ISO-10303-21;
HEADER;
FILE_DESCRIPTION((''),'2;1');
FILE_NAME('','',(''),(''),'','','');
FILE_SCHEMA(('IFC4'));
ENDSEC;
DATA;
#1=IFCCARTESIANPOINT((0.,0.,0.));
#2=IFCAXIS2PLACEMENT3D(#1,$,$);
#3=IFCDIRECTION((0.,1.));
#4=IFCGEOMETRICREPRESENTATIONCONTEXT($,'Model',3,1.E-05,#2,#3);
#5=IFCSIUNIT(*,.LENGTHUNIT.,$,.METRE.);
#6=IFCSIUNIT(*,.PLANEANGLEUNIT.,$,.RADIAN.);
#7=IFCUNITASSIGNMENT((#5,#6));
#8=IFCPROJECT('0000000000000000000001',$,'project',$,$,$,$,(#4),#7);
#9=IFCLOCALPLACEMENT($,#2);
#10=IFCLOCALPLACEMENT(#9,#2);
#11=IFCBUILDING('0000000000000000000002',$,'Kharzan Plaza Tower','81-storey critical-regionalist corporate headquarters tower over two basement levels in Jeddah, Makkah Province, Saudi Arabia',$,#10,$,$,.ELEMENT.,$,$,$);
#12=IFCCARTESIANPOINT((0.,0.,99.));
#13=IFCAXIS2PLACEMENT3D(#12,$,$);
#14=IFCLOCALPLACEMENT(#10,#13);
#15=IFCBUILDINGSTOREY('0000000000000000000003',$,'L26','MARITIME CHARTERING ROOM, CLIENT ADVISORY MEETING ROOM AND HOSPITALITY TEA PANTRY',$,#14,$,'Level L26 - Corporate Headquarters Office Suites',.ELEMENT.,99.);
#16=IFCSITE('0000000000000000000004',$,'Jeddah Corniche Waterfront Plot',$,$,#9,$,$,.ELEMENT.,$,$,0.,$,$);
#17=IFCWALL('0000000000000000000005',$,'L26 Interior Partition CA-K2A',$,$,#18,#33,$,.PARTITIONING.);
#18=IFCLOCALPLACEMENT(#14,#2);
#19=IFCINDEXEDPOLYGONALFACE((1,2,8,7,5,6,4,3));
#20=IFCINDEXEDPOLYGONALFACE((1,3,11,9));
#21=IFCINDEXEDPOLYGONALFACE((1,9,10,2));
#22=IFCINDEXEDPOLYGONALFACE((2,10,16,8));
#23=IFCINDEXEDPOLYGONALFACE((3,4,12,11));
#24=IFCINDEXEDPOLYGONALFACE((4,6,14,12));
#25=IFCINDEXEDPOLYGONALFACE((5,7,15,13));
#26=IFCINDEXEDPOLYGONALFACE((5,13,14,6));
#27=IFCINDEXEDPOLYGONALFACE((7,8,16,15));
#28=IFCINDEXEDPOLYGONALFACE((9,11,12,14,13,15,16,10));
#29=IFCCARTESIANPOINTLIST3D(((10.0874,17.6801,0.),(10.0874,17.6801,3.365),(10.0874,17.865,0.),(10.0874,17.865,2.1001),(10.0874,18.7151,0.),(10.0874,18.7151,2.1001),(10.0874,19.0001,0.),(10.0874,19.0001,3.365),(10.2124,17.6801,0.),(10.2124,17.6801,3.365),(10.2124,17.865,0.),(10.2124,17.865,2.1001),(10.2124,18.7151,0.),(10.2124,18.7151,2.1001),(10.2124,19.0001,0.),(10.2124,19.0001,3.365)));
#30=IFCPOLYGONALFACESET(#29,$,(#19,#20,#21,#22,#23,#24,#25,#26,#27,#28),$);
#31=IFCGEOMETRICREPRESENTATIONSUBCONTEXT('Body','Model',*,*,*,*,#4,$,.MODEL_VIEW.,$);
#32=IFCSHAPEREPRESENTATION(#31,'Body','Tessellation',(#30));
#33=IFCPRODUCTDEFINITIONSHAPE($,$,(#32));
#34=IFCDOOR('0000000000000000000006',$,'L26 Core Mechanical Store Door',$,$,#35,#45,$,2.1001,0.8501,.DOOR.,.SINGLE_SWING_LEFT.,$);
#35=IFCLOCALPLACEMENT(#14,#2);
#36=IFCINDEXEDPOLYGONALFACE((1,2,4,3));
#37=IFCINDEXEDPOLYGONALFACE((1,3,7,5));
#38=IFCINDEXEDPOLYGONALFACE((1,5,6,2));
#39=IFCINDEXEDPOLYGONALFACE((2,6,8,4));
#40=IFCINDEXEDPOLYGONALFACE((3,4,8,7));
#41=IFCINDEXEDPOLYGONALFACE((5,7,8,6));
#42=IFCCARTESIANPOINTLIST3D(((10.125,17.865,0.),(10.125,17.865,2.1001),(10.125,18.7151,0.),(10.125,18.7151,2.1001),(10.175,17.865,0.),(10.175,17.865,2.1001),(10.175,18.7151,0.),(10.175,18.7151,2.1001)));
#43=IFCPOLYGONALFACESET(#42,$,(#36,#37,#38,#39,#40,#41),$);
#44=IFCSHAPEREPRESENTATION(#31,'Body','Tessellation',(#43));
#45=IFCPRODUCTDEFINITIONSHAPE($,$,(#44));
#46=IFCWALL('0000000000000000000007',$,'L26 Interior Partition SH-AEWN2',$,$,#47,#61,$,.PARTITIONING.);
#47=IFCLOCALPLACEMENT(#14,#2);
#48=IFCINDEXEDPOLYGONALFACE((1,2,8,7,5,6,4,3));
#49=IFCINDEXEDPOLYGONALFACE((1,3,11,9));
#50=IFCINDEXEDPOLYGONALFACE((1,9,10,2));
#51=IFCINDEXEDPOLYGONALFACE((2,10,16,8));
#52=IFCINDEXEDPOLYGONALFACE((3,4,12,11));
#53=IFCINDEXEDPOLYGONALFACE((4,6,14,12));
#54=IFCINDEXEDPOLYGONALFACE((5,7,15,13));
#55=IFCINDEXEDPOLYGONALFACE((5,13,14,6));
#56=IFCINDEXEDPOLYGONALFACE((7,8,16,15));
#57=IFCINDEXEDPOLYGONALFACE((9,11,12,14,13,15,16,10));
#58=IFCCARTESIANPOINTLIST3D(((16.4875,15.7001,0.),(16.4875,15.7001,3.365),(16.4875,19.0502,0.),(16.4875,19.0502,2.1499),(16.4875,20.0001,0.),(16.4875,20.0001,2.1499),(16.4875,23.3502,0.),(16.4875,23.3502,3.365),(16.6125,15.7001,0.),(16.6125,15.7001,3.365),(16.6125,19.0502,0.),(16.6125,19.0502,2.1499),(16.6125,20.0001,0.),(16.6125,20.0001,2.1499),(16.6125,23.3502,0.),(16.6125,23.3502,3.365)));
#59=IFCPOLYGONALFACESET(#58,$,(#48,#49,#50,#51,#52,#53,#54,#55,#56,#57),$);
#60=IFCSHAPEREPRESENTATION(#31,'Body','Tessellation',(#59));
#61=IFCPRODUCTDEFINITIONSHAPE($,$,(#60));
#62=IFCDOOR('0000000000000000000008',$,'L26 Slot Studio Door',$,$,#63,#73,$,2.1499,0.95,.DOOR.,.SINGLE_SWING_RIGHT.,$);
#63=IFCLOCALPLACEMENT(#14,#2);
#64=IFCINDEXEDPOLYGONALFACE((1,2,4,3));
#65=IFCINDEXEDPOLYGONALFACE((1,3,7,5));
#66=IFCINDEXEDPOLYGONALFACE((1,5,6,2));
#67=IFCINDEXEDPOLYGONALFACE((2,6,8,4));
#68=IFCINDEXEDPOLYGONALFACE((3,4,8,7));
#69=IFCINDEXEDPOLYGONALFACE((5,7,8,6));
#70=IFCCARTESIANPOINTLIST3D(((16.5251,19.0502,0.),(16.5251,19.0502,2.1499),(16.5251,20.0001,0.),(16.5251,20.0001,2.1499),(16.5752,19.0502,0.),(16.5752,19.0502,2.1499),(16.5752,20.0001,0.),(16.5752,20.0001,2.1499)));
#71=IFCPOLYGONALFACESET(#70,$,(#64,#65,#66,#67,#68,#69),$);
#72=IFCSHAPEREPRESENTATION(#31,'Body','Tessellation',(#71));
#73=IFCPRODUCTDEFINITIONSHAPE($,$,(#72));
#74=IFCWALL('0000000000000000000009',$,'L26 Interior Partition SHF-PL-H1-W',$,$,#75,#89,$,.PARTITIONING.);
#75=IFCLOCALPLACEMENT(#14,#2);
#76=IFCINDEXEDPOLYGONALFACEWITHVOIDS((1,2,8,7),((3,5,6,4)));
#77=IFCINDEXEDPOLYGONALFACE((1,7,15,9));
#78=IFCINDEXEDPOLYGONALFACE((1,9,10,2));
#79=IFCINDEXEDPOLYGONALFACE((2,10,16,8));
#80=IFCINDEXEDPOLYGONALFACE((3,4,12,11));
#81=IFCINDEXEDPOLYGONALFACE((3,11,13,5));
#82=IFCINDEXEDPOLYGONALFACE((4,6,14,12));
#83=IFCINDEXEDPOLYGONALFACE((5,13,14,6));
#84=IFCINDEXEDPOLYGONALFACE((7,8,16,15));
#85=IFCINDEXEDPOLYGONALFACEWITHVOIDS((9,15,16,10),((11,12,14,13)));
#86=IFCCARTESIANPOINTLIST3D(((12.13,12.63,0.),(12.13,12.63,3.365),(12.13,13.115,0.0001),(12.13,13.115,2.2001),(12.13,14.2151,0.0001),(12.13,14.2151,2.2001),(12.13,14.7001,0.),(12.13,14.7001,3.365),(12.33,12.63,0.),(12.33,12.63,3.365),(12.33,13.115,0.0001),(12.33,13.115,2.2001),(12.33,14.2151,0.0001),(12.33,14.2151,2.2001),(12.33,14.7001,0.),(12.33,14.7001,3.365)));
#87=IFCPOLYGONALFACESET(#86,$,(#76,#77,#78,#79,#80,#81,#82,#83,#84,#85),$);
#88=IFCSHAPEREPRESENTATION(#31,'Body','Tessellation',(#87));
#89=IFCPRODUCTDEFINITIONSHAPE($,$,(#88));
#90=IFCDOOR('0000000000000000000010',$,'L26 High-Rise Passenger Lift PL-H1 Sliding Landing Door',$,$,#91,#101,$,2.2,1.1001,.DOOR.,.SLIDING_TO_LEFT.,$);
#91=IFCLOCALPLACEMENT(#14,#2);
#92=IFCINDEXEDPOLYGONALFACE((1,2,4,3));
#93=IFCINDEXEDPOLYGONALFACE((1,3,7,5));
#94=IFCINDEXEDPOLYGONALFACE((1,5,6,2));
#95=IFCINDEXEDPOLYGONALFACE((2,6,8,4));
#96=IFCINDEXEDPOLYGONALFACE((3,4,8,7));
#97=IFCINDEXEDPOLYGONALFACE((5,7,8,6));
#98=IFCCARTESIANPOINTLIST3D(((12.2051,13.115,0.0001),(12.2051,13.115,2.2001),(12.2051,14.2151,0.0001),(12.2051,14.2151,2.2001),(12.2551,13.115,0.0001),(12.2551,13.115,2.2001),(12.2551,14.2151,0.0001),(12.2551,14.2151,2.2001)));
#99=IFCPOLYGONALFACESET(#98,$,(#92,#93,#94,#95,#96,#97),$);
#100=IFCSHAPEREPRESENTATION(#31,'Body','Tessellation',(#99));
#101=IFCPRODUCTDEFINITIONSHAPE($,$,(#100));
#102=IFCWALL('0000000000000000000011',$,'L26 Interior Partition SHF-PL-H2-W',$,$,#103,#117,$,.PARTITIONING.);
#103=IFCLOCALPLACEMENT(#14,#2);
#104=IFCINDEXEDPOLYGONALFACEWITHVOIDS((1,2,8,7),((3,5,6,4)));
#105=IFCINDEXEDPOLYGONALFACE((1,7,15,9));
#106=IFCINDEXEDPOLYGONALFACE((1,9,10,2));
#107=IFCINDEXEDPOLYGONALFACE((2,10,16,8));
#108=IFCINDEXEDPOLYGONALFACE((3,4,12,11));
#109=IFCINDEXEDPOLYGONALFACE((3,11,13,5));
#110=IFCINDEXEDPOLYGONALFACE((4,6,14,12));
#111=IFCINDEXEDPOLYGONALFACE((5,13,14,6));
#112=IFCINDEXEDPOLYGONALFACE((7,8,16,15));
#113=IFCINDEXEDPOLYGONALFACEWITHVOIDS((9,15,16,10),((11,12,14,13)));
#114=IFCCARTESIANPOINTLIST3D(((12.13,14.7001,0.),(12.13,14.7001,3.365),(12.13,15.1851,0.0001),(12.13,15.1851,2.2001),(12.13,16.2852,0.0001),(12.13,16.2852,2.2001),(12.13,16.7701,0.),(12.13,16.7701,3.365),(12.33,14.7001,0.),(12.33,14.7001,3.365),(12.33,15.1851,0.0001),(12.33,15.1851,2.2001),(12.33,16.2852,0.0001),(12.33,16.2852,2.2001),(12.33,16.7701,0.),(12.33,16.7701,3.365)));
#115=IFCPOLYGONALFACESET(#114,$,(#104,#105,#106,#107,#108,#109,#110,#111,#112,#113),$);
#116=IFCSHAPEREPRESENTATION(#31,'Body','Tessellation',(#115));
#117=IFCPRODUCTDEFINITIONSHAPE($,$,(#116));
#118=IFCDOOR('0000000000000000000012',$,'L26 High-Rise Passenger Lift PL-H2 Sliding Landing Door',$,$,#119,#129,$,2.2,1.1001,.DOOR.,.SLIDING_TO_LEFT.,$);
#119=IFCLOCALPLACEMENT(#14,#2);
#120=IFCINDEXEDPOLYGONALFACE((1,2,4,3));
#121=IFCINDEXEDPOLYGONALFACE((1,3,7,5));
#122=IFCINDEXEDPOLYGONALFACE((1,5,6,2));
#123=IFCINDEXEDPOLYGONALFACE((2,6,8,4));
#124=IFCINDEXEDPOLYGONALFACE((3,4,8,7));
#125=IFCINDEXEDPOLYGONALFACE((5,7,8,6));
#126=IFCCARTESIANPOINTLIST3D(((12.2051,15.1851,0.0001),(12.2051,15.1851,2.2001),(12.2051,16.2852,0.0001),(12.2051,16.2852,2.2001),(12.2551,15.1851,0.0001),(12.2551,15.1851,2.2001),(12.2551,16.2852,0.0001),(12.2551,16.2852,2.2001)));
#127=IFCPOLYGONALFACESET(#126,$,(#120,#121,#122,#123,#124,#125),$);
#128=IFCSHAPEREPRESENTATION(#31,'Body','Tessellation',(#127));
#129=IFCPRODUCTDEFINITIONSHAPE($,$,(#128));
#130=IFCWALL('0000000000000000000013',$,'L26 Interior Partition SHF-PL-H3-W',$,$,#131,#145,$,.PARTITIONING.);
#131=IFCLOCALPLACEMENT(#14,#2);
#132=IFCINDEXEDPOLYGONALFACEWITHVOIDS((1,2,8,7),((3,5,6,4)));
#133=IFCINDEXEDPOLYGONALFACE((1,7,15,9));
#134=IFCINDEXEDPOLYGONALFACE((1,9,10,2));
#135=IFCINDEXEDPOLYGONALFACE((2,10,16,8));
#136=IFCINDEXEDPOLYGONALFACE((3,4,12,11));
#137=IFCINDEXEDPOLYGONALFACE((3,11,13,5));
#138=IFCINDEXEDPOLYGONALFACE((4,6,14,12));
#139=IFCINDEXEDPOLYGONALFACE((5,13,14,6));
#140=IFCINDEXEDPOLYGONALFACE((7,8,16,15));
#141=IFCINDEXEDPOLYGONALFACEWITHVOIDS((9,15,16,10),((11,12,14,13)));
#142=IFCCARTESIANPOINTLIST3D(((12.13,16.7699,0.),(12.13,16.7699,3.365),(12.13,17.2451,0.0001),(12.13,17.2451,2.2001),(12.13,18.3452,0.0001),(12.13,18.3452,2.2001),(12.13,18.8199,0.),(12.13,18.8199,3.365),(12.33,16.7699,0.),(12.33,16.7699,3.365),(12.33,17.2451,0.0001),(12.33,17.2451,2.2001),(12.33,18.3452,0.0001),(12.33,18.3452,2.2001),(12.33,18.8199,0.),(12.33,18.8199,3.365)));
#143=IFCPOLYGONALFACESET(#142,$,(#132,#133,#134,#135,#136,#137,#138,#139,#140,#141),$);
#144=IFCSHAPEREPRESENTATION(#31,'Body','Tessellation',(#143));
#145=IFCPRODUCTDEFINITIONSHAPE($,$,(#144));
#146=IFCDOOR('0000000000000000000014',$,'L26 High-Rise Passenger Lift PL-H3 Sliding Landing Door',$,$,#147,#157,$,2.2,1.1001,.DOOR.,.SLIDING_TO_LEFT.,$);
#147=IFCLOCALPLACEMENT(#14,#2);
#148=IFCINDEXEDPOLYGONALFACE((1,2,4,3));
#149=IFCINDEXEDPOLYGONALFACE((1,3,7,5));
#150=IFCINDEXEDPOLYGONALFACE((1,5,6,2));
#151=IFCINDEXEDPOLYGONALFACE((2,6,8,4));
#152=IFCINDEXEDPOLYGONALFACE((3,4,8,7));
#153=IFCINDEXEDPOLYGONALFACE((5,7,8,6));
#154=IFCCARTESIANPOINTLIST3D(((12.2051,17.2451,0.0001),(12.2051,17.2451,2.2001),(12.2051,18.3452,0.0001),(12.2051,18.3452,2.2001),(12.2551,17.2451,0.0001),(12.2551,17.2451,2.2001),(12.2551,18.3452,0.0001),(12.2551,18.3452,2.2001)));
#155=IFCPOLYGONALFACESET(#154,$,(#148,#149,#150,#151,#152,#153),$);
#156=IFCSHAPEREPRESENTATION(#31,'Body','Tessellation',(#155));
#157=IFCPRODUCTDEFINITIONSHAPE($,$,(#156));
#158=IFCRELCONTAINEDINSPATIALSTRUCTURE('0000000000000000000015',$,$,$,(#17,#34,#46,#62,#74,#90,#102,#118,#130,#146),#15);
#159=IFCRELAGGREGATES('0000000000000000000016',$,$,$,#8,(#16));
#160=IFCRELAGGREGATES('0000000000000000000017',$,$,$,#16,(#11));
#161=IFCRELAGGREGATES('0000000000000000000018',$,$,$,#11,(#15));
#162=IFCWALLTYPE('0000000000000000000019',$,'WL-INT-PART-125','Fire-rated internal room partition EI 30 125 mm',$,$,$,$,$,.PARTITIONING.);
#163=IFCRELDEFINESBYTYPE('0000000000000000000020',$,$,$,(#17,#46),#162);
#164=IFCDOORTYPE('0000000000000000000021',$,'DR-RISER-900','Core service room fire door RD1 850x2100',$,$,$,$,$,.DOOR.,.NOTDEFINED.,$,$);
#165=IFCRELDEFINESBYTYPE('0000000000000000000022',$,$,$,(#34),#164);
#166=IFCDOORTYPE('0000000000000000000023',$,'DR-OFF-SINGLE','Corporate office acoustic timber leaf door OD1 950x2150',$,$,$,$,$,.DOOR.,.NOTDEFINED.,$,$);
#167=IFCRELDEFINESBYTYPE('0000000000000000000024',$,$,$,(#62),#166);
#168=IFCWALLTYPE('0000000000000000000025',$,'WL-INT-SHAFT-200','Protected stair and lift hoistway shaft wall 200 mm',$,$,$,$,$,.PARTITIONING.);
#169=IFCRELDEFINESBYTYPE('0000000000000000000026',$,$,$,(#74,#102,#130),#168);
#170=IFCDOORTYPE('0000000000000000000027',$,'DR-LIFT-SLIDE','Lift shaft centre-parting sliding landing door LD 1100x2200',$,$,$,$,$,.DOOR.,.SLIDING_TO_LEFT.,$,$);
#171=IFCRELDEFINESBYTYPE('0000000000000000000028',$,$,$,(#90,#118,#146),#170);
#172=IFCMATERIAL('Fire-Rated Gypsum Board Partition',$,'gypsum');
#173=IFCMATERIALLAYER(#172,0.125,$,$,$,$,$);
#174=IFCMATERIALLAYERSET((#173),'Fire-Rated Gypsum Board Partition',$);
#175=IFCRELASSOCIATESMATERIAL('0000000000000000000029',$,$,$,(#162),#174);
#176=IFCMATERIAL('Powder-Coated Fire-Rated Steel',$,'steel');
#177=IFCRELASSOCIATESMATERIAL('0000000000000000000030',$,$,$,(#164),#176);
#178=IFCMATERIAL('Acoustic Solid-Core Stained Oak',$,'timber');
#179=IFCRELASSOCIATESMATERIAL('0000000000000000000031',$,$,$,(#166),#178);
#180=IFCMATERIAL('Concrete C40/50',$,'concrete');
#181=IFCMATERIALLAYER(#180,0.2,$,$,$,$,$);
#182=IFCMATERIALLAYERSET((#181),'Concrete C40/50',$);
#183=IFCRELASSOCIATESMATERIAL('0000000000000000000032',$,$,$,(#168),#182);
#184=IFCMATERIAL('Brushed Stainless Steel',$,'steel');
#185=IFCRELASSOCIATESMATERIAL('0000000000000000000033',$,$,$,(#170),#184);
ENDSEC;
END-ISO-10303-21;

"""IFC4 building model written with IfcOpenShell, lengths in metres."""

from ifc_helpers import new_model, si_unit, direction, frame, frame_2d, origin, place, context, subcontext, project, spatial, rectangle, extrude, source, transform, mapped, material, layer, layer_set, type_object, element, fill, save


model = new_model("IFC4")

# Units and contexts
model_context = context("Model", 3, precision=1e-05, world=origin(), true_north=direction((0.0, 1.0)))
body_context = subcontext(model_context, "Body", "Model", "MODEL_VIEW")
ifc_project = project(units=[si_unit("LENGTHUNIT", "METRE"), si_unit("PLANEANGLEUNIT", "RADIAN")], contexts=[model_context])

# Site, building, storey
site_placement = place(None, origin())
site = spatial("IfcSite", under=ifc_project, at=site_placement, Name="Jeddah Corniche Waterfront Plot", CompositionType="ELEMENT", RefElevation=0.0)
building_placement = place(site_placement, origin())
building = spatial("IfcBuilding", under=site, at=building_placement, Name="Kharzan Plaza Tower", Description="81-storey critical-regionalist corporate headquarters tower over two basement levels in Jeddah, Makkah Province, Saudi Arabia", CompositionType="ELEMENT")
storey_placement = place(building_placement, frame((0.0, 0.0, 99.0)))
storey = spatial("IfcBuildingStorey", under=building, at=storey_placement, Name="L26", Description="MARITIME CHARTERING ROOM, CLIENT ADVISORY MEETING ROOM AND HOSPITALITY TEA PANTRY", LongName="Level L26 - Corporate Headquarters Office Suites", CompositionType="ELEMENT", Elevation=99.0)

# Walls, openings, doors
ifc_material_1 = material(Name="Fire-Rated Gypsum Board Partition", Category="gypsum")
ifc_layer_1 = layer(ifc_material_1, 0.125)
ifc_layer_set_1 = layer_set([ifc_layer_1], Name="Fire-Rated Gypsum Board Partition")
wall_type_1 = type_object("IfcWallType", Name="WL-INT-PART-125", Description="Fire-rated internal room partition EI 30 125 mm", PredefinedType="PARTITIONING", material=ifc_layer_set_1)
wall_1_placement = place(storey_placement, frame((10.1499, 17.6799, 0.0), z_axis=(0.0, 0.0, 1.0), x_axis=(0.0, 1.0, 0.0)))
wall_1 = element("IfcWall", 1, at=wall_1_placement, inside=storey, type_object=wall_type_1, Name="L26 Interior Partition CA-K2A", PredefinedType="PARTITIONING", context=body_context, shape_type="SweptSolid", body=[
    extrude(rectangle(XDim=1.3201, YDim=0.125, at=frame_2d((0.6602, 0.0))), origin(), (0.0, 0.0, 1.0), 3.365),
])
opening_1_placement = place(wall_1_placement, frame((0.1851, 0.0, 0.0)))
opening_1 = element("IfcOpeningElement", 2, at=opening_1_placement, cuts=wall_1, PredefinedType="OPENING", context=body_context, shape_type="SweptSolid", body=[
    extrude(rectangle(XDim=0.8501, YDim=2.1001, at=frame_2d((0.425, 1.05))), frame((0.0, 0.0725, 0.0), z_axis=(0.0, -1.0, 0.0), x_axis=(1.0, 0.0, 0.0)), (0.0, 0.0, 1.0), 0.145),
])
ifc_material_2 = material(Name="Powder-Coated Fire-Rated Steel", Category="steel")
door_type_1 = type_object("IfcDoorType", Name="DR-RISER-900", Description="Core service room fire door RD1 850x2100", OperationType="NOTDEFINED", PredefinedType="DOOR", material=ifc_material_2)
shared_shape_1 = source(origin(), body_context, "Body", "SweptSolid", [
    extrude(rectangle(XDim=0.8501, YDim=2.1001, at=frame_2d((0.425, 1.05))), frame((0.0, 0.0249, 0.0), z_axis=(0.0, -1.0, 0.0), x_axis=(1.0, 0.0, 0.0)), (0.0, 0.0, 1.0), 0.05),
])
door_1_placement = place(opening_1_placement, origin())
door_1 = element("IfcDoor", 3, at=door_1_placement, inside=storey, type_object=door_type_1, Name="L26 Core Mechanical Store Door", OperationType="SINGLE_SWING_LEFT", OverallHeight=2.1001, OverallWidth=0.8501, PredefinedType="DOOR", context=body_context, shape_type="MappedRepresentation", body=[
    mapped(shared_shape_1, transform((0.0, 0.0, 0.0), x_axis=(1.0, 0.0, 0.0), y_axis=(0.0, 1.0, 0.0), z_axis=(0.0, 0.0, 1.0))),
])
fill(opening_1, door_1)
ifc_material_3 = material(Name="Acoustic Solid-Core Stained Oak", Category="timber")
door_type_2 = type_object("IfcDoorType", Name="DR-OFF-SINGLE", Description="Corporate office acoustic timber leaf door OD1 950x2150", OperationType="NOTDEFINED", PredefinedType="DOOR", material=ifc_material_3)
shared_shape_2 = source(origin(), body_context, "Body", "SweptSolid", [
    extrude(rectangle(XDim=0.95, YDim=2.1499, at=frame_2d((0.4751, 1.075))), frame((0.0, 0.0249, 0.0), z_axis=(0.0, -1.0, 0.0), x_axis=(1.0, 0.0, 0.0)), (0.0, 0.0, 1.0), 0.05),
])
wall_2_placement = place(storey_placement, frame((16.55, 15.7, 0.0), z_axis=(0.0, 0.0, 1.0), x_axis=(0.0, 1.0, 0.0)))
wall_2 = element("IfcWall", 4, at=wall_2_placement, inside=storey, type_object=wall_type_1, Name="L26 Interior Partition SH-AEWN2", PredefinedType="PARTITIONING", context=body_context, shape_type="SweptSolid", body=[
    extrude(rectangle(XDim=7.6501, YDim=0.125, at=frame_2d((3.8252, 0.0))), origin(), (0.0, 0.0, 1.0), 3.365),
])
opening_2_placement = place(wall_2_placement, frame((3.3501, 0.0, 0.0)))
opening_2 = element("IfcOpeningElement", 5, at=opening_2_placement, cuts=wall_2, PredefinedType="OPENING", context=body_context, shape_type="SweptSolid", body=[
    extrude(rectangle(XDim=0.95, YDim=2.1499, at=frame_2d((0.4751, 1.075))), frame((0.0, 0.0725, 0.0), z_axis=(0.0, -1.0, 0.0), x_axis=(1.0, 0.0, 0.0)), (0.0, 0.0, 1.0), 0.145),
])
door_2_placement = place(opening_2_placement, origin())
door_2 = element("IfcDoor", 6, at=door_2_placement, inside=storey, type_object=door_type_2, Name="L26 Slot Studio Door", OperationType="SINGLE_SWING_RIGHT", OverallHeight=2.1499, OverallWidth=0.95, PredefinedType="DOOR", context=body_context, shape_type="MappedRepresentation", body=[
    mapped(shared_shape_2, transform((0.0, 0.0, 0.0), x_axis=(1.0, 0.0, 0.0), y_axis=(0.0, 1.0, 0.0), z_axis=(0.0, 0.0, 1.0))),
])
fill(opening_2, door_2)
ifc_material_4 = material(Name="Concrete C40/50", Category="concrete")
ifc_layer_2 = layer(ifc_material_4, 0.2)
ifc_layer_set_2 = layer_set([ifc_layer_2], Name="Concrete C40/50")
wall_type_2 = type_object("IfcWallType", Name="WL-INT-SHAFT-200", Description="Protected stair and lift hoistway shaft wall 200 mm", PredefinedType="PARTITIONING", material=ifc_layer_set_2)
wall_3_placement = place(storey_placement, frame((12.23, 12.6299, 0.0), z_axis=(0.0, 0.0, 1.0), x_axis=(0.0, 1.0, 0.0)))
wall_3 = element("IfcWall", 7, at=wall_3_placement, inside=storey, type_object=wall_type_2, Name="L26 Interior Partition SHF-PL-H1-W", PredefinedType="PARTITIONING", context=body_context, shape_type="SweptSolid", body=[
    extrude(rectangle(XDim=2.0701, YDim=0.2, at=frame_2d((1.0352, 0.0))), origin(), (0.0, 0.0, 1.0), 3.365),
])
opening_3_placement = place(wall_3_placement, frame((0.4851, 0.0, 0.0)))
opening_3 = element("IfcOpeningElement", 8, at=opening_3_placement, cuts=wall_3, PredefinedType="OPENING", context=body_context, shape_type="SweptSolid", body=[
    extrude(rectangle(XDim=1.1001, YDim=2.2, at=frame_2d((0.55, 1.1001))), frame((0.0, 0.1099, 0.0), z_axis=(0.0, -1.0, 0.0), x_axis=(1.0, 0.0, 0.0)), (0.0, 0.0, 1.0), 0.22),
])
ifc_material_5 = material(Name="Brushed Stainless Steel", Category="steel")
door_type_3 = type_object("IfcDoorType", Name="DR-LIFT-SLIDE", Description="Lift shaft centre-parting sliding landing door LD 1100x2200", OperationType="SLIDING_TO_LEFT", PredefinedType="DOOR", material=ifc_material_5)
shared_shape_3 = source(origin(), body_context, "Body", "SweptSolid", [
    extrude(rectangle(XDim=1.1001, YDim=2.2, at=frame_2d((0.55, 1.1001))), frame((0.0, 0.0249, 0.0), z_axis=(0.0, -1.0, 0.0), x_axis=(1.0, 0.0, 0.0)), (0.0, 0.0, 1.0), 0.05),
])
door_3_placement = place(opening_3_placement, origin())
door_3 = element("IfcDoor", 9, at=door_3_placement, inside=storey, type_object=door_type_3, Name="L26 High-Rise Passenger Lift PL-H1 Sliding Landing Door", OperationType="SLIDING_TO_LEFT", OverallHeight=2.2, OverallWidth=1.1001, PredefinedType="DOOR", context=body_context, shape_type="MappedRepresentation", body=[
    mapped(shared_shape_3, transform((0.0, 0.0, 0.0), x_axis=(1.0, 0.0, 0.0), y_axis=(0.0, 1.0, 0.0), z_axis=(0.0, 0.0, 1.0))),
])
fill(opening_3, door_3)
wall_4_placement = place(storey_placement, frame((12.23, 14.7, 0.0), z_axis=(0.0, 0.0, 1.0), x_axis=(0.0, 1.0, 0.0)))
wall_4 = element("IfcWall", 10, at=wall_4_placement, inside=storey, type_object=wall_type_2, Name="L26 Interior Partition SHF-PL-H2-W", PredefinedType="PARTITIONING", context=body_context, shape_type="SweptSolid", body=[
    extrude(rectangle(XDim=2.0701, YDim=0.2, at=frame_2d((1.0352, 0.0))), origin(), (0.0, 0.0, 1.0), 3.365),
])
opening_4_placement = place(wall_4_placement, frame((0.4851, 0.0, 0.0)))
opening_4 = element("IfcOpeningElement", 11, at=opening_4_placement, cuts=wall_4, PredefinedType="OPENING", context=body_context, shape_type="SweptSolid", body=[
    extrude(rectangle(XDim=1.1001, YDim=2.2, at=frame_2d((0.55, 1.1001))), frame((0.0, 0.1099, 0.0), z_axis=(0.0, -1.0, 0.0), x_axis=(1.0, 0.0, 0.0)), (0.0, 0.0, 1.0), 0.22),
])
door_4_placement = place(opening_4_placement, origin())
door_4 = element("IfcDoor", 12, at=door_4_placement, inside=storey, type_object=door_type_3, Name="L26 High-Rise Passenger Lift PL-H2 Sliding Landing Door", OperationType="SLIDING_TO_LEFT", OverallHeight=2.2, OverallWidth=1.1001, PredefinedType="DOOR", context=body_context, shape_type="MappedRepresentation", body=[
    mapped(shared_shape_3, transform((0.0, 0.0, 0.0), x_axis=(1.0, 0.0, 0.0), y_axis=(0.0, 1.0, 0.0), z_axis=(0.0, 0.0, 1.0))),
])
fill(opening_4, door_4)
wall_5_placement = place(storey_placement, frame((12.23, 16.77, 0.0), z_axis=(0.0, 0.0, 1.0), x_axis=(0.0, 1.0, 0.0)))
wall_5 = element("IfcWall", 13, at=wall_5_placement, inside=storey, type_object=wall_type_2, Name="L26 Interior Partition SHF-PL-H3-W", PredefinedType="PARTITIONING", context=body_context, shape_type="SweptSolid", body=[
    extrude(rectangle(XDim=2.05, YDim=0.2, at=frame_2d((1.0249, 0.0))), origin(), (0.0, 0.0, 1.0), 3.365),
])
opening_5_placement = place(wall_5_placement, frame((0.4751, 0.0, 0.0)))
opening_5 = element("IfcOpeningElement", 14, at=opening_5_placement, cuts=wall_5, PredefinedType="OPENING", context=body_context, shape_type="SweptSolid", body=[
    extrude(rectangle(XDim=1.1001, YDim=2.2, at=frame_2d((0.55, 1.1001))), frame((0.0, 0.1099, 0.0), z_axis=(0.0, -1.0, 0.0), x_axis=(1.0, 0.0, 0.0)), (0.0, 0.0, 1.0), 0.22),
])
door_5_placement = place(opening_5_placement, origin())
door_5 = element("IfcDoor", 15, at=door_5_placement, inside=storey, type_object=door_type_3, Name="L26 High-Rise Passenger Lift PL-H3 Sliding Landing Door", OperationType="SLIDING_TO_LEFT", OverallHeight=2.2, OverallWidth=1.1001, PredefinedType="DOOR", context=body_context, shape_type="MappedRepresentation", body=[
    mapped(shared_shape_3, transform((0.0, 0.0, 0.0), x_axis=(1.0, 0.0, 0.0), y_axis=(0.0, 1.0, 0.0), z_axis=(0.0, 0.0, 1.0))),
])
fill(opening_5, door_5)

save(model, "model.ifc")
